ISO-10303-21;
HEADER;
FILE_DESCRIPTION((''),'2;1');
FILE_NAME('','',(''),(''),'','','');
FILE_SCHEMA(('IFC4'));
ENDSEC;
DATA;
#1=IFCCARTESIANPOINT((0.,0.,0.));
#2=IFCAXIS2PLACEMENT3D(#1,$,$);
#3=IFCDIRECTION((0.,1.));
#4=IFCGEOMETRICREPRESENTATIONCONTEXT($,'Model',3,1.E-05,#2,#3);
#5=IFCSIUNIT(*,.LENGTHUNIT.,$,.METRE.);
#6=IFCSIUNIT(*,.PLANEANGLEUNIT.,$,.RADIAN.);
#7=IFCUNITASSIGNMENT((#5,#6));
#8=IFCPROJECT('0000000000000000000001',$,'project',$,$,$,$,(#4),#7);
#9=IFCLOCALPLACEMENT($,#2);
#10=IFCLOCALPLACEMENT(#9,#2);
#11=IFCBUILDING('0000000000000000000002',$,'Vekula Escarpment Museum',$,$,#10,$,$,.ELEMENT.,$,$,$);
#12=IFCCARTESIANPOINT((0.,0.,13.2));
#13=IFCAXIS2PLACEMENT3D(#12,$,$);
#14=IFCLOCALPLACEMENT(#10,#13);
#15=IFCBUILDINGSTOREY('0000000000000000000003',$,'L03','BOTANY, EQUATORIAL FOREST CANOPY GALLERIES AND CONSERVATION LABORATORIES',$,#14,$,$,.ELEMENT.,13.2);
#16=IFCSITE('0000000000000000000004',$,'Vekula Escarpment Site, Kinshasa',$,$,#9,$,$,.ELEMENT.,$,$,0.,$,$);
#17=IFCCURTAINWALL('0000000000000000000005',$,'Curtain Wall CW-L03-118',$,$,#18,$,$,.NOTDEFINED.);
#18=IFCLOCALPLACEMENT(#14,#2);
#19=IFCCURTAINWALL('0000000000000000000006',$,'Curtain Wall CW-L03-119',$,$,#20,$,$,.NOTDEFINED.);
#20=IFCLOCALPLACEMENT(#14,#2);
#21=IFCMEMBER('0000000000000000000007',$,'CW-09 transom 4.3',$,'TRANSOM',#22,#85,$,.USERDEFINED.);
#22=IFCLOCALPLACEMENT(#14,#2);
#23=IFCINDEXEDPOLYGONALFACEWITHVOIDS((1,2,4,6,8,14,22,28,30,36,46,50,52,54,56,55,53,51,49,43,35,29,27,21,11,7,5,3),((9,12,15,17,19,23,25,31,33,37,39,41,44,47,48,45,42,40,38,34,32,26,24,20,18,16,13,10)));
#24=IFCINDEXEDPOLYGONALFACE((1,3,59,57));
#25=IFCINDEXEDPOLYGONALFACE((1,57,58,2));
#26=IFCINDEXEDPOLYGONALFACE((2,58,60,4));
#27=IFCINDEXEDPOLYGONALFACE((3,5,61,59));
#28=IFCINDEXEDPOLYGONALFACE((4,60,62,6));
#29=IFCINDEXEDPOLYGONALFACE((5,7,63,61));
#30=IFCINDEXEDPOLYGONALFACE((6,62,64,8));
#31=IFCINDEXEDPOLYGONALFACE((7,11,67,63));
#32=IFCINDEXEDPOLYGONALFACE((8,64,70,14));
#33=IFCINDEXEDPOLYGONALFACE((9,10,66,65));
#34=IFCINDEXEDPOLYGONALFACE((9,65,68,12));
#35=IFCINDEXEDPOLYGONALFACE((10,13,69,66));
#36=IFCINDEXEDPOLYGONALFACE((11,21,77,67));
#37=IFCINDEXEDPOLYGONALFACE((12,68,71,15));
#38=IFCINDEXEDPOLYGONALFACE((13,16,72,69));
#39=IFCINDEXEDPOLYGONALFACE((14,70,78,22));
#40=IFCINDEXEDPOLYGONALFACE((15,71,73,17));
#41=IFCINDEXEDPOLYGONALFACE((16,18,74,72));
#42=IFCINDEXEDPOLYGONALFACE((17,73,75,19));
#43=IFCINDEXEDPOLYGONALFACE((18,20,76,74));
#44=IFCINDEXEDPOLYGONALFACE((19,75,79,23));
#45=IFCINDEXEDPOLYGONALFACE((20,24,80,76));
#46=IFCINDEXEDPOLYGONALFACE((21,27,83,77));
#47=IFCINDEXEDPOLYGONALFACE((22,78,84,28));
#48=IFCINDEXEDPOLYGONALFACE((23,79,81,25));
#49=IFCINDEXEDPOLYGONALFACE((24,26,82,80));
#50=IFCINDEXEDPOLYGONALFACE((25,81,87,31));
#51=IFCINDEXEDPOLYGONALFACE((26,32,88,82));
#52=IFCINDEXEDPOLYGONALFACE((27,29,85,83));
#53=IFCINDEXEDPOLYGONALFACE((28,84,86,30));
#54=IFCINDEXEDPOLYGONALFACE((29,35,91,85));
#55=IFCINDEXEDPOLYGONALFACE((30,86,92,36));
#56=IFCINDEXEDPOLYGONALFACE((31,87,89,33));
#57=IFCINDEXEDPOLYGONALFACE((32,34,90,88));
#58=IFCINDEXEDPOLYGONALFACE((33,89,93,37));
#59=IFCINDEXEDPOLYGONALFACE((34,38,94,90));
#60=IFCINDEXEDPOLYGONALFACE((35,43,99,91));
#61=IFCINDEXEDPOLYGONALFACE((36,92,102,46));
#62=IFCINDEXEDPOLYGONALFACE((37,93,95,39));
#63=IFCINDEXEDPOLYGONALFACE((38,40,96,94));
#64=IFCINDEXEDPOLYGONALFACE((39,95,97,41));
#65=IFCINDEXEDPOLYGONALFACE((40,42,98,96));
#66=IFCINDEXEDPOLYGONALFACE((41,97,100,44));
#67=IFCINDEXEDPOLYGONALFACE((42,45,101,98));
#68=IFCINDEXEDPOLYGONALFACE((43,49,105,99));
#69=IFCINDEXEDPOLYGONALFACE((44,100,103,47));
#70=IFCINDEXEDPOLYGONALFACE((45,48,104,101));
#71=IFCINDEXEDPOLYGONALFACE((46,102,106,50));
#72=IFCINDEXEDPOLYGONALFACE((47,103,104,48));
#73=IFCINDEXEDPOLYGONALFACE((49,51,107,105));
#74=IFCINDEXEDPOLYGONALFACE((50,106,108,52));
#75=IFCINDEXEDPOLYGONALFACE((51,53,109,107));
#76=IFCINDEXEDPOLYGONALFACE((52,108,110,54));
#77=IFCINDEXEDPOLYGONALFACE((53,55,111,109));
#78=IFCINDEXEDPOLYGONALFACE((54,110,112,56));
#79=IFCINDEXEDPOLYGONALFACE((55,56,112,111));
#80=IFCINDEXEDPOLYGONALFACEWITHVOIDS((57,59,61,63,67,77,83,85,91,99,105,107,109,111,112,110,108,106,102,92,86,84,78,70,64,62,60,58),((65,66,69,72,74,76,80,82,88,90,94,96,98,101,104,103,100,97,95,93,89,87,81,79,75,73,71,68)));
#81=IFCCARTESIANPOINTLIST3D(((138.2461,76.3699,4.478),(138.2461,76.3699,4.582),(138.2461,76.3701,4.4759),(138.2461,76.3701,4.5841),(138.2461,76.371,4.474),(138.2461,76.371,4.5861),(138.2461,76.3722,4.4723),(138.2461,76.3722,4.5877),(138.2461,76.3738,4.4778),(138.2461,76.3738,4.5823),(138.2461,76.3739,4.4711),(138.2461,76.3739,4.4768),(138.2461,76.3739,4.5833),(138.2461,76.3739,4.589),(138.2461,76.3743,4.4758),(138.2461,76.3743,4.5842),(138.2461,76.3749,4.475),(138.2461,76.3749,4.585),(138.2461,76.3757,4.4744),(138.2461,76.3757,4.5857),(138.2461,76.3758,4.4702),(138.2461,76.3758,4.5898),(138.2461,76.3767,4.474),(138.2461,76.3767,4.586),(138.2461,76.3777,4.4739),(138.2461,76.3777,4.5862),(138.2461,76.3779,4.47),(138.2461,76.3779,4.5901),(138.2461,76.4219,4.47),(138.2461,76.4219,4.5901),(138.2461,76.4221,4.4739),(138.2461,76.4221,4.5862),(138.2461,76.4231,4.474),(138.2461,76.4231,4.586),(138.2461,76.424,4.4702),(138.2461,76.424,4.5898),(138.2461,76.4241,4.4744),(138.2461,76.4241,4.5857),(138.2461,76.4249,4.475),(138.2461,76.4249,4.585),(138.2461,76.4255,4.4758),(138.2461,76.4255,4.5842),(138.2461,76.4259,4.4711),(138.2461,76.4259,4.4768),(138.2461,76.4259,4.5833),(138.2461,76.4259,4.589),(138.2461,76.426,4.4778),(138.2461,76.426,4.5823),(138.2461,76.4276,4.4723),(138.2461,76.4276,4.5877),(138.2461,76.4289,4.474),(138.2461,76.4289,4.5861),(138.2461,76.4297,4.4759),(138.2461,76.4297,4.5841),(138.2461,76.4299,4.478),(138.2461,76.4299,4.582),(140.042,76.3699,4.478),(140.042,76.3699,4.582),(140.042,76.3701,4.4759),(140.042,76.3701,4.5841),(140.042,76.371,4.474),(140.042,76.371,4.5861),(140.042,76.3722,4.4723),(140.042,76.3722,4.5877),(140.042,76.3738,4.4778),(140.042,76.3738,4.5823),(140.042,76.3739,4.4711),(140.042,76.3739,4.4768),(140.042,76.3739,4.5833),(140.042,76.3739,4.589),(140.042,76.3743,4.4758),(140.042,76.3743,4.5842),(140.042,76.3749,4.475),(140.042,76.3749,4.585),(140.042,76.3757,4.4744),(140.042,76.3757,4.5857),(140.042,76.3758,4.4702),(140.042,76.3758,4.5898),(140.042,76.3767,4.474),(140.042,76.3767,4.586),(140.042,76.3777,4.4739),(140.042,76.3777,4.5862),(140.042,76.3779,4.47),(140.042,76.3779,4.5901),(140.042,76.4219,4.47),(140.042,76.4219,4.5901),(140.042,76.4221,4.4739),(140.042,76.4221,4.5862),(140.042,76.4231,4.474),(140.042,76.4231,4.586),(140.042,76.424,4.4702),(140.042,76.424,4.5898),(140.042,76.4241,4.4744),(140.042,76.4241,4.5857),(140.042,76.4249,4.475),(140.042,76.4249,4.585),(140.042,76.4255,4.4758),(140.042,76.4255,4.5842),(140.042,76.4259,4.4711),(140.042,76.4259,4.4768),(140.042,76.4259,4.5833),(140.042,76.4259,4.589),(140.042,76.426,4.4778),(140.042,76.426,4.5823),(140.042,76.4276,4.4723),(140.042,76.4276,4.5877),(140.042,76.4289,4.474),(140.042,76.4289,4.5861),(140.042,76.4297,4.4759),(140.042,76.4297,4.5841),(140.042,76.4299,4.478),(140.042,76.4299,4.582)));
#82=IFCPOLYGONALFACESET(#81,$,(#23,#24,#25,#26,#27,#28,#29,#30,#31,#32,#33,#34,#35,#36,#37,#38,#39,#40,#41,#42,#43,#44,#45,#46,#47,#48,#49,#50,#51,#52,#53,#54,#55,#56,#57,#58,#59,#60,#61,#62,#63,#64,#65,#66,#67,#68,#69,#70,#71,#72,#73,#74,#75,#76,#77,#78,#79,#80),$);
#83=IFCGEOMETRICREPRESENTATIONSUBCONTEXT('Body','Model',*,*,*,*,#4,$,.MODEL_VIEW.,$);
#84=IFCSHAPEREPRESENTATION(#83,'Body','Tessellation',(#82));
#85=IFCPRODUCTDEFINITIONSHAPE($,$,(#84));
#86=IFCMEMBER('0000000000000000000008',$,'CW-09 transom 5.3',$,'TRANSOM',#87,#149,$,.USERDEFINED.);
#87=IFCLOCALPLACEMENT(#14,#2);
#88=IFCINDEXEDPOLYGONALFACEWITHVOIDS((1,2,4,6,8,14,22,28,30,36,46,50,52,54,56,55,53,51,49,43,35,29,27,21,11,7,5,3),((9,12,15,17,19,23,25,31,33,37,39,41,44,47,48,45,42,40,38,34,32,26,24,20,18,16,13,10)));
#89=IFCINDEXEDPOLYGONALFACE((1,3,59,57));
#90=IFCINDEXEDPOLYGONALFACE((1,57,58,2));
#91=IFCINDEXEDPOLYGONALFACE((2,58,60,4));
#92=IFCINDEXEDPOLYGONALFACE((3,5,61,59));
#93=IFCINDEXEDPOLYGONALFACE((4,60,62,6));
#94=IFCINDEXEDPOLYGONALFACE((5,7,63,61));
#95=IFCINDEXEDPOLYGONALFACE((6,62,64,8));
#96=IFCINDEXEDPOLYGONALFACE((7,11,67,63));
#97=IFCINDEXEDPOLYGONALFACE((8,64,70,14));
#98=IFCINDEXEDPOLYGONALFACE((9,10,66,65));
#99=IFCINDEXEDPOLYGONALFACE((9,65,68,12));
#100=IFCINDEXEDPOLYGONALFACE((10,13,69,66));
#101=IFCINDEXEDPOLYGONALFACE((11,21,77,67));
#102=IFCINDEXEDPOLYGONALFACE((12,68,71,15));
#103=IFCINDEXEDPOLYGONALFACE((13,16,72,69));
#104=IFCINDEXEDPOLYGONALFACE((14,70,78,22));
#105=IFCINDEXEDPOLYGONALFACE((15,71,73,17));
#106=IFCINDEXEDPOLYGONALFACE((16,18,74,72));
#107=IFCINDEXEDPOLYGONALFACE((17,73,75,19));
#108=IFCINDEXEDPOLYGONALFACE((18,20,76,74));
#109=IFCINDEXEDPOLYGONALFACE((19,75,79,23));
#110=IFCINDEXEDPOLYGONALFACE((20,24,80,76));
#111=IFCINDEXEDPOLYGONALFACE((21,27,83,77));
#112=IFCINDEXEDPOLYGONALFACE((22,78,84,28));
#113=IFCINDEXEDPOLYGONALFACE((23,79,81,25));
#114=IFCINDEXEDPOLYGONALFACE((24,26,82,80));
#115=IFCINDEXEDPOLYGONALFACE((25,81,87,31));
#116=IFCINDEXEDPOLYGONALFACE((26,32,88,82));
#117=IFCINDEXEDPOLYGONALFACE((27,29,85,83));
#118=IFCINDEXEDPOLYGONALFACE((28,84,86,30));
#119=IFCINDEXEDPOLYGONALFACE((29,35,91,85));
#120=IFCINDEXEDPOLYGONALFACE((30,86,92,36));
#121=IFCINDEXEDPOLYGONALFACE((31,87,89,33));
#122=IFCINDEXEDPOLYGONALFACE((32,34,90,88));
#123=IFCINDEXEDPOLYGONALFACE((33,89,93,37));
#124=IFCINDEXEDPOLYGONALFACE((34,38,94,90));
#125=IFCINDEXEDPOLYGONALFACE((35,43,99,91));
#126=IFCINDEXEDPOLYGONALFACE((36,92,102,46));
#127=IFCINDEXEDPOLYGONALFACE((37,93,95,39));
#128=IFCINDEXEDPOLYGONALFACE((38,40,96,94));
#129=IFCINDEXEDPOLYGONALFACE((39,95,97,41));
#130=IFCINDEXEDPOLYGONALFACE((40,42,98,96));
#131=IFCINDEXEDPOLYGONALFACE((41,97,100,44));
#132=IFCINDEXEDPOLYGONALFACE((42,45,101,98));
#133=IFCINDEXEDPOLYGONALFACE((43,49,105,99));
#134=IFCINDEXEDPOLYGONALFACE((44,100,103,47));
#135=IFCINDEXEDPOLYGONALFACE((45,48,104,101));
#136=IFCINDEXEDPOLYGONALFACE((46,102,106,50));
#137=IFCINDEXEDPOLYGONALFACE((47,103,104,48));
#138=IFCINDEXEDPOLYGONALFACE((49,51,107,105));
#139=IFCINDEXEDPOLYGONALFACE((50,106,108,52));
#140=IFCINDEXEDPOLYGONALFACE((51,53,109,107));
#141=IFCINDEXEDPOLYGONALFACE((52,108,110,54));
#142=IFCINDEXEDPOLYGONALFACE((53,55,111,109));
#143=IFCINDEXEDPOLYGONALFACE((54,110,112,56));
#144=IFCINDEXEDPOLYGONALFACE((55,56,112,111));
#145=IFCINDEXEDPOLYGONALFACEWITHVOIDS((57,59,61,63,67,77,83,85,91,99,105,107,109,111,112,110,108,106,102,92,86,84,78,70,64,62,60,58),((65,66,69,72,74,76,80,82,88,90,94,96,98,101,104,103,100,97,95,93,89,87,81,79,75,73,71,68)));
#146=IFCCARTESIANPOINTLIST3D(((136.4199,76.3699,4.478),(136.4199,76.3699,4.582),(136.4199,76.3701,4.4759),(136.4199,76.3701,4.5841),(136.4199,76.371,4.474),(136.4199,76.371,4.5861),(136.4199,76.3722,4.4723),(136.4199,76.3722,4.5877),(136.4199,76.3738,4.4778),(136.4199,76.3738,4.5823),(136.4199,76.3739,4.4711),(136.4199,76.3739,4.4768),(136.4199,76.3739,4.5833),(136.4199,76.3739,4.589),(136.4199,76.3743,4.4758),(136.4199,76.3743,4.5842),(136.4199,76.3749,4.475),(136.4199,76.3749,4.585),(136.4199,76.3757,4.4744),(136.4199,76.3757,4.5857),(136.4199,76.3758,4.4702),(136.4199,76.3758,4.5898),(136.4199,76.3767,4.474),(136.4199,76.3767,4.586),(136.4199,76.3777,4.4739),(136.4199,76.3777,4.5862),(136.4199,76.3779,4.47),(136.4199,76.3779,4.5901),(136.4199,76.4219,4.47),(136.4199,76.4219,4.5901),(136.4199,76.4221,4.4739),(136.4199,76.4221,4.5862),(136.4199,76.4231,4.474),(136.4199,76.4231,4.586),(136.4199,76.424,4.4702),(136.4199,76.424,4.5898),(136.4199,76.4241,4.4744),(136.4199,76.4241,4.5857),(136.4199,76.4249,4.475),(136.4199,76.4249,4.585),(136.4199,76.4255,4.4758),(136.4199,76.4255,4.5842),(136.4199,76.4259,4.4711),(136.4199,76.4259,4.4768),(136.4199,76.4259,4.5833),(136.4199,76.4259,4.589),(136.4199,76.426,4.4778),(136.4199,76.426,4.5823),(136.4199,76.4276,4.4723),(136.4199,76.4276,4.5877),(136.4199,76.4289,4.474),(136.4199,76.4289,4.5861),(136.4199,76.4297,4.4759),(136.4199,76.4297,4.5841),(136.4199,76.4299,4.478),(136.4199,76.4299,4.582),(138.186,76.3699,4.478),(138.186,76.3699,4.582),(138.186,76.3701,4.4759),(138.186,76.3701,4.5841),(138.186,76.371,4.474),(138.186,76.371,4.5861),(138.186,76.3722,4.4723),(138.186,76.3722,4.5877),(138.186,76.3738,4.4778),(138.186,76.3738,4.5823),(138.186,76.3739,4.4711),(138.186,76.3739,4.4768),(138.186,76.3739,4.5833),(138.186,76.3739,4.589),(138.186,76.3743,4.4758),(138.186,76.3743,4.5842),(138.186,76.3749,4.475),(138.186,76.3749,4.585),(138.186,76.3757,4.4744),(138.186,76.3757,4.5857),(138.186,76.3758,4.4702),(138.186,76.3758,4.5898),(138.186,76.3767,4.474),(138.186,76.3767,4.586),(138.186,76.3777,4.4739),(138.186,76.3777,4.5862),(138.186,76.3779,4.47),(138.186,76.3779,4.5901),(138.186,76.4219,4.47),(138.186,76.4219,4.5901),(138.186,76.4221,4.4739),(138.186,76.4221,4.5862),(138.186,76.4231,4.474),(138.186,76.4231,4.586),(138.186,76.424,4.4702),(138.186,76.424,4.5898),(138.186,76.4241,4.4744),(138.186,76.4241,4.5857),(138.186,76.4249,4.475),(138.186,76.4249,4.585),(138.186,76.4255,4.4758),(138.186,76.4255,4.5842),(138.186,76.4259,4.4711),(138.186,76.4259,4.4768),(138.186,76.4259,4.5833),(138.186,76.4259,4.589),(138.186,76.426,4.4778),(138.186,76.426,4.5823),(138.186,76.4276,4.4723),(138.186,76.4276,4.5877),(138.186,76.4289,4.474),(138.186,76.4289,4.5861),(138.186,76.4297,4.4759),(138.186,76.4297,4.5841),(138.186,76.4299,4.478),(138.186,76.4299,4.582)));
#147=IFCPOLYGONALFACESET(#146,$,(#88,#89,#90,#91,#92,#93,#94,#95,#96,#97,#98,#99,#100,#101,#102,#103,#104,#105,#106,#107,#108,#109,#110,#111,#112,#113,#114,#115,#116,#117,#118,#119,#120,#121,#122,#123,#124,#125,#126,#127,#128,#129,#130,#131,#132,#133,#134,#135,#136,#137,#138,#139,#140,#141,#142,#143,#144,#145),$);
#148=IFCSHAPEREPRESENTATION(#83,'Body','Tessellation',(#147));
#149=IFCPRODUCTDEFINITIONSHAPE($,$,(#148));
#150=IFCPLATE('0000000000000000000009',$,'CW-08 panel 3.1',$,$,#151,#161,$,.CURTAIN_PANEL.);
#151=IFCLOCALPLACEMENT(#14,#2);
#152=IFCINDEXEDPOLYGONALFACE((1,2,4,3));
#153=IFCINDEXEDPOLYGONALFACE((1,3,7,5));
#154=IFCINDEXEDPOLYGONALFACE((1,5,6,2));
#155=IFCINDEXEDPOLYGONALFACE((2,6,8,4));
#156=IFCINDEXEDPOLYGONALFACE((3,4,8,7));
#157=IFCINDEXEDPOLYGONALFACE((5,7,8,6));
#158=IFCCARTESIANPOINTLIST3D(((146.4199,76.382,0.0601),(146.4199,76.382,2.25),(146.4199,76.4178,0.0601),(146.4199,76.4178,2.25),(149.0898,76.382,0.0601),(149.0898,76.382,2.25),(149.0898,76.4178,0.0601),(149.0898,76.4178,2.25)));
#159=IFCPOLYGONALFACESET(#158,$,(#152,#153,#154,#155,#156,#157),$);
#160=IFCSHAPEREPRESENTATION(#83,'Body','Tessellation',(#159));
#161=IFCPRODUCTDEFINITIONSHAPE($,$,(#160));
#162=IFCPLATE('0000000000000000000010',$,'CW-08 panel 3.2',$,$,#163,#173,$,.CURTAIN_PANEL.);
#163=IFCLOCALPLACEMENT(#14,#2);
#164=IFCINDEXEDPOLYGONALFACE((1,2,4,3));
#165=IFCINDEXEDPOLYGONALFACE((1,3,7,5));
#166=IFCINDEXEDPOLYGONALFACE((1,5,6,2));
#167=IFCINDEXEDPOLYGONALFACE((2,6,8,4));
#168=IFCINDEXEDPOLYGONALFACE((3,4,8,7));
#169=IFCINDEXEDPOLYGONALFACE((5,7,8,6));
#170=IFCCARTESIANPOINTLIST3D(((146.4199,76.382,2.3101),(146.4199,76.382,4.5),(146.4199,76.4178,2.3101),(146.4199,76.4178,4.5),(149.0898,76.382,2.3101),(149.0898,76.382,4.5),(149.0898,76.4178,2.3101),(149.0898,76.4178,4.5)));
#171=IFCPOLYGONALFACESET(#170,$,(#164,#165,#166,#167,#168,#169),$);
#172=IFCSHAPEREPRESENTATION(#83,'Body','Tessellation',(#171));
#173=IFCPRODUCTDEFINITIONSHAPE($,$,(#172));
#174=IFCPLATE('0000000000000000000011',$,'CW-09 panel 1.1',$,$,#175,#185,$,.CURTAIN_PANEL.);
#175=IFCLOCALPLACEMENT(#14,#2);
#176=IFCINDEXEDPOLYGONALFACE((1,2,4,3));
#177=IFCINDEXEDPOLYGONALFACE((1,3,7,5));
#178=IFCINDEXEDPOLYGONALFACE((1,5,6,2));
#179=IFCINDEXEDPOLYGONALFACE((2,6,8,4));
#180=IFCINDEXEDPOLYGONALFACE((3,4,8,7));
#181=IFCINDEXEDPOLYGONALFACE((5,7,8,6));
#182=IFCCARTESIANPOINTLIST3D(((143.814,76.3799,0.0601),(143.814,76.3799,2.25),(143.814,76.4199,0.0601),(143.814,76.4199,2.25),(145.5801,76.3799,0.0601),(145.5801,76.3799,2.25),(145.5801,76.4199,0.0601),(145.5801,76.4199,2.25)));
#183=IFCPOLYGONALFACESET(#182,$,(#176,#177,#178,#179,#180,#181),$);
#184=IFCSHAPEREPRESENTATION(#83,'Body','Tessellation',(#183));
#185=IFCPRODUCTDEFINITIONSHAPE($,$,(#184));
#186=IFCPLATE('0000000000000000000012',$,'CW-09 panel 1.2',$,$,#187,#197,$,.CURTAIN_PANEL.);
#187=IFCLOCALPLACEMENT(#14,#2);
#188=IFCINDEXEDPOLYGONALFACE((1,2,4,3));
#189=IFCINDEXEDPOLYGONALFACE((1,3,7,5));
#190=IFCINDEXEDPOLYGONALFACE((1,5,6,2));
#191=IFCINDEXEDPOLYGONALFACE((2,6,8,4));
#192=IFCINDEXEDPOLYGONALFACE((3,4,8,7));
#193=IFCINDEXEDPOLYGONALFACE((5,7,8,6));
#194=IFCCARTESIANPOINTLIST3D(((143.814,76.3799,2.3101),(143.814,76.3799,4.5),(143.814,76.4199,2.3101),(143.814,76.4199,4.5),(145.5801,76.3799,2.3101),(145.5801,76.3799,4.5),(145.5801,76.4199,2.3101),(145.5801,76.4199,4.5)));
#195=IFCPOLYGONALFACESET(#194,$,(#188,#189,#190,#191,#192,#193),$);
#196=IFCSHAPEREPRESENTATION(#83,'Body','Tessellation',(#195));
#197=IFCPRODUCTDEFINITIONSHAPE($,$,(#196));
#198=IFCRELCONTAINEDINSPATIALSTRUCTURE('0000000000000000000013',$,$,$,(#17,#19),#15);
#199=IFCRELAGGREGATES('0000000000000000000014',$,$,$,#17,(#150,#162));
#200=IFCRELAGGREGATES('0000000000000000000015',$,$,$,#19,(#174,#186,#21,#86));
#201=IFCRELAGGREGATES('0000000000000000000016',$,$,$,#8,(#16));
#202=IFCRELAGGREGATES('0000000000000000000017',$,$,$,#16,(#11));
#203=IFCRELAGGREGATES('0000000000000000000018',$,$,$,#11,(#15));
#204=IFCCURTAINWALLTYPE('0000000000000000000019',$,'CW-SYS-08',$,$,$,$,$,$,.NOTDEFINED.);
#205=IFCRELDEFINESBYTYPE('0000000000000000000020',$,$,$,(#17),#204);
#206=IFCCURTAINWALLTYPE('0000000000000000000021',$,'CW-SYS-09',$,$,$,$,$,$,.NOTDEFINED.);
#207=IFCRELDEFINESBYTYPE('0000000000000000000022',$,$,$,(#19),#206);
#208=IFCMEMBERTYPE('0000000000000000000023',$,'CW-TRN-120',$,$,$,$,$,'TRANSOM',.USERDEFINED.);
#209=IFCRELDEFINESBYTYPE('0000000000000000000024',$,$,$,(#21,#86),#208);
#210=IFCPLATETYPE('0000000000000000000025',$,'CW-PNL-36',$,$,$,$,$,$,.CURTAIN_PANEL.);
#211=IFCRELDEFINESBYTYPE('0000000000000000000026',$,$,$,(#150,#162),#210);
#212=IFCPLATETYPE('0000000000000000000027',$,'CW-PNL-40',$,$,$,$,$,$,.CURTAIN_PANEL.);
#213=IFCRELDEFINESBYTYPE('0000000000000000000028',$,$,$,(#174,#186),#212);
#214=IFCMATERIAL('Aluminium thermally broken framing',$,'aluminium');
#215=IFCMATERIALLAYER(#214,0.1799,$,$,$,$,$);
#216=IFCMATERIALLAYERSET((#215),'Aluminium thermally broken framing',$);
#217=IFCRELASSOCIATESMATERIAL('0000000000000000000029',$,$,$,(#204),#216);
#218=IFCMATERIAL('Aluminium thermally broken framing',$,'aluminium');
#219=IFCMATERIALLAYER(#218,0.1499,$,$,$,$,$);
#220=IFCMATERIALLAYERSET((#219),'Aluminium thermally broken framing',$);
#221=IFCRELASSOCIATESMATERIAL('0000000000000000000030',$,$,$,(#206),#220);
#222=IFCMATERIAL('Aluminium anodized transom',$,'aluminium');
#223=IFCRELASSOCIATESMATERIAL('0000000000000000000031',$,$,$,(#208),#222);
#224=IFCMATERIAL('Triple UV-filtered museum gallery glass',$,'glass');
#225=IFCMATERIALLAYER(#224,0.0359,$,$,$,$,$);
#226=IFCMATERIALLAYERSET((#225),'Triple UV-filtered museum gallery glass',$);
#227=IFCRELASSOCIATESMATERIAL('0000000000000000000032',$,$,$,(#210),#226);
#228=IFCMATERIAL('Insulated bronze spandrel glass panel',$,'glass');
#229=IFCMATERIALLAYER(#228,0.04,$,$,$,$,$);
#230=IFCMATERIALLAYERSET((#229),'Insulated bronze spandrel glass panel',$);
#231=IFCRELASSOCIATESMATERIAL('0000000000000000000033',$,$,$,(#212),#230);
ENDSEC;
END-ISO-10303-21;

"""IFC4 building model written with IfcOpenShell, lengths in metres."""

from ifc_helpers import new_model, si_unit, direction, frame, origin, origin_2d, place, context, subcontext, project, spatial, rectangle, hollow_rectangle, extrude, material, layer, layer_set, material_profile, profile_set, type_object, element, aggregate, save


model = new_model("IFC4")

# Units and contexts
model_context = context("Model", 3, precision=1e-05, world=origin(), true_north=direction((0.0, 1.0)))
body_context = subcontext(model_context, "Body", "Model", "MODEL_VIEW")
ifc_project = project(units=[si_unit("LENGTHUNIT", "METRE"), si_unit("PLANEANGLEUNIT", "RADIAN")], contexts=[model_context])

# Site, building, storey
site_placement = place(None, origin())
site = spatial("IfcSite", under=ifc_project, at=site_placement, Name="Vekula Escarpment Site, Kinshasa", CompositionType="ELEMENT", RefElevation=0.0)
building_placement = place(site_placement, origin())
building = spatial("IfcBuilding", under=site, at=building_placement, Name="Vekula Escarpment Museum", CompositionType="ELEMENT")
storey_placement = place(building_placement, frame((0.0, 0.0, 13.2)))
storey = spatial("IfcBuildingStorey", under=building, at=storey_placement, Name="L03", Description="BOTANY, EQUATORIAL FOREST CANOPY GALLERIES AND CONSERVATION LABORATORIES", CompositionType="ELEMENT", Elevation=13.2)

# Curtain wall
ifc_material_1 = material(Name="Aluminium thermally broken framing", Category="aluminium")
ifc_layer_1 = layer(ifc_material_1, 0.1799)
ifc_layer_set_1 = layer_set([ifc_layer_1], Name="Aluminium thermally broken framing")
curtain_wall_type_1 = type_object("IfcCurtainWallType", Name="CW-SYS-08", PredefinedType="NOTDEFINED", material=ifc_layer_set_1)
curtain_wall_1_placement = place(storey_placement, origin())
curtain_wall_1 = element("IfcCurtainWall", 1, at=curtain_wall_1_placement, inside=storey, type_object=curtain_wall_type_1, Name="Curtain Wall CW-L03-118", PredefinedType="NOTDEFINED")

# Curtain wall
ifc_material_2 = material(Name="Aluminium thermally broken framing", Category="aluminium")
ifc_layer_2 = layer(ifc_material_2, 0.1499)
ifc_layer_set_2 = layer_set([ifc_layer_2], Name="Aluminium thermally broken framing")
curtain_wall_type_2 = type_object("IfcCurtainWallType", Name="CW-SYS-09", PredefinedType="NOTDEFINED", material=ifc_layer_set_2)
curtain_wall_2_placement = place(storey_placement, origin())
curtain_wall_2 = element("IfcCurtainWall", 2, at=curtain_wall_2_placement, inside=storey, type_object=curtain_wall_type_2, Name="Curtain Wall CW-L03-119", PredefinedType="NOTDEFINED")

# Members
ifc_material_3 = material(Name="Aluminium anodized transom", Category="aluminium")
ifc_material_profile_1 = material_profile(ifc_material_3, hollow_rectangle(XDim=0.0601, YDim=0.1201, WallThickness=0.0039, InnerFilletRadius=0.0039, OuterFilletRadius=0.0081, at=origin_2d()), Name="ALU 120x60x4")
ifc_profile_set_1 = profile_set([ifc_material_profile_1], Name="Aluminium anodized transom")
member_type_1 = type_object("IfcMemberType", Name="CW-TRN-120", ElementType="TRANSOM", PredefinedType="USERDEFINED", material=ifc_profile_set_1)
member_1_placement = place(storey_placement, frame((140.042, 76.3999, 4.53), z_axis=(-1.0, 0.0, 0.0), x_axis=(0.0, -1.0, 0.0)))
member_1 = element("IfcMember", 3, at=member_1_placement, type_object=member_type_1, Name="CW-09 transom 4.3", ObjectType="TRANSOM", PredefinedType="USERDEFINED", context=body_context, shape_type="SweptSolid", body=[
    extrude(hollow_rectangle(XDim=0.0601, YDim=0.1201, WallThickness=0.0039, InnerFilletRadius=0.0039, OuterFilletRadius=0.0081, at=origin_2d()), origin(), (0.0, 0.0, 1.0), 1.7959),
])
member_2_placement = place(storey_placement, frame((138.186, 76.3999, 4.53), z_axis=(-1.0, 0.0, 0.0), x_axis=(0.0, -1.0, 0.0)))
member_2 = element("IfcMember", 4, at=member_2_placement, type_object=member_type_1, Name="CW-09 transom 5.3", ObjectType="TRANSOM", PredefinedType="USERDEFINED", context=body_context, shape_type="SweptSolid", body=[
    extrude(hollow_rectangle(XDim=0.0601, YDim=0.1201, WallThickness=0.0039, InnerFilletRadius=0.0039, OuterFilletRadius=0.0081, at=origin_2d()), origin(), (0.0, 0.0, 1.0), 1.7661),
])

# Plates
ifc_material_4 = material(Name="Triple UV-filtered museum gallery glass", Category="glass")
ifc_layer_3 = layer(ifc_material_4, 0.0359)
ifc_layer_set_3 = layer_set([ifc_layer_3], Name="Triple UV-filtered museum gallery glass")
plate_type_1 = type_object("IfcPlateType", Name="CW-PNL-36", PredefinedType="CURTAIN_PANEL", material=ifc_layer_set_3)
plate_1_placement = place(storey_placement, frame((147.7549, 76.3999, 0.0601), z_axis=(0.0, 0.0, 1.0), x_axis=(-1.0, 0.0, 0.0)))
plate_1 = element("IfcPlate", 5, at=plate_1_placement, type_object=plate_type_1, Name="CW-08 panel 3.1", PredefinedType="CURTAIN_PANEL", context=body_context, shape_type="SweptSolid", body=[
    extrude(rectangle(XDim=2.6699, YDim=0.0359, at=origin_2d()), origin(), (0.0, 0.0, 1.0), 2.1899),
])
plate_2_placement = place(storey_placement, frame((147.7549, 76.3999, 2.3101), z_axis=(0.0, 0.0, 1.0), x_axis=(-1.0, 0.0, 0.0)))
plate_2 = element("IfcPlate", 6, at=plate_2_placement, type_object=plate_type_1, Name="CW-08 panel 3.2", PredefinedType="CURTAIN_PANEL", context=body_context, shape_type="SweptSolid", body=[
    extrude(rectangle(XDim=2.6699, YDim=0.0359, at=origin_2d()), origin(), (0.0, 0.0, 1.0), 2.1899),
])
aggregate(curtain_wall_1, [plate_1, plate_2])
ifc_material_5 = material(Name="Insulated bronze spandrel glass panel", Category="glass")
ifc_layer_4 = layer(ifc_material_5, 0.04)
ifc_layer_set_4 = layer_set([ifc_layer_4], Name="Insulated bronze spandrel glass panel")
plate_type_2 = type_object("IfcPlateType", Name="CW-PNL-40", PredefinedType="CURTAIN_PANEL", material=ifc_layer_set_4)
plate_3_placement = place(storey_placement, frame((144.697, 76.3999, 0.0601), z_axis=(0.0, 0.0, 1.0), x_axis=(-1.0, 0.0, 0.0)))
plate_3 = element("IfcPlate", 7, at=plate_3_placement, type_object=plate_type_2, Name="CW-09 panel 1.1", PredefinedType="CURTAIN_PANEL", context=body_context, shape_type="SweptSolid", body=[
    extrude(rectangle(XDim=1.7661, YDim=0.04, at=origin_2d()), origin(), (0.0, 0.0, 1.0), 2.1899),
])
plate_4_placement = place(storey_placement, frame((144.697, 76.3999, 2.3101), z_axis=(0.0, 0.0, 1.0), x_axis=(-1.0, 0.0, 0.0)))
plate_4 = element("IfcPlate", 8, at=plate_4_placement, type_object=plate_type_2, Name="CW-09 panel 1.2", PredefinedType="CURTAIN_PANEL", context=body_context, shape_type="SweptSolid", body=[
    extrude(rectangle(XDim=1.7661, YDim=0.04, at=origin_2d()), origin(), (0.0, 0.0, 1.0), 2.1899),
])
aggregate(curtain_wall_2, [plate_3, plate_4, member_1, member_2])

save(model, "model.ifc")
